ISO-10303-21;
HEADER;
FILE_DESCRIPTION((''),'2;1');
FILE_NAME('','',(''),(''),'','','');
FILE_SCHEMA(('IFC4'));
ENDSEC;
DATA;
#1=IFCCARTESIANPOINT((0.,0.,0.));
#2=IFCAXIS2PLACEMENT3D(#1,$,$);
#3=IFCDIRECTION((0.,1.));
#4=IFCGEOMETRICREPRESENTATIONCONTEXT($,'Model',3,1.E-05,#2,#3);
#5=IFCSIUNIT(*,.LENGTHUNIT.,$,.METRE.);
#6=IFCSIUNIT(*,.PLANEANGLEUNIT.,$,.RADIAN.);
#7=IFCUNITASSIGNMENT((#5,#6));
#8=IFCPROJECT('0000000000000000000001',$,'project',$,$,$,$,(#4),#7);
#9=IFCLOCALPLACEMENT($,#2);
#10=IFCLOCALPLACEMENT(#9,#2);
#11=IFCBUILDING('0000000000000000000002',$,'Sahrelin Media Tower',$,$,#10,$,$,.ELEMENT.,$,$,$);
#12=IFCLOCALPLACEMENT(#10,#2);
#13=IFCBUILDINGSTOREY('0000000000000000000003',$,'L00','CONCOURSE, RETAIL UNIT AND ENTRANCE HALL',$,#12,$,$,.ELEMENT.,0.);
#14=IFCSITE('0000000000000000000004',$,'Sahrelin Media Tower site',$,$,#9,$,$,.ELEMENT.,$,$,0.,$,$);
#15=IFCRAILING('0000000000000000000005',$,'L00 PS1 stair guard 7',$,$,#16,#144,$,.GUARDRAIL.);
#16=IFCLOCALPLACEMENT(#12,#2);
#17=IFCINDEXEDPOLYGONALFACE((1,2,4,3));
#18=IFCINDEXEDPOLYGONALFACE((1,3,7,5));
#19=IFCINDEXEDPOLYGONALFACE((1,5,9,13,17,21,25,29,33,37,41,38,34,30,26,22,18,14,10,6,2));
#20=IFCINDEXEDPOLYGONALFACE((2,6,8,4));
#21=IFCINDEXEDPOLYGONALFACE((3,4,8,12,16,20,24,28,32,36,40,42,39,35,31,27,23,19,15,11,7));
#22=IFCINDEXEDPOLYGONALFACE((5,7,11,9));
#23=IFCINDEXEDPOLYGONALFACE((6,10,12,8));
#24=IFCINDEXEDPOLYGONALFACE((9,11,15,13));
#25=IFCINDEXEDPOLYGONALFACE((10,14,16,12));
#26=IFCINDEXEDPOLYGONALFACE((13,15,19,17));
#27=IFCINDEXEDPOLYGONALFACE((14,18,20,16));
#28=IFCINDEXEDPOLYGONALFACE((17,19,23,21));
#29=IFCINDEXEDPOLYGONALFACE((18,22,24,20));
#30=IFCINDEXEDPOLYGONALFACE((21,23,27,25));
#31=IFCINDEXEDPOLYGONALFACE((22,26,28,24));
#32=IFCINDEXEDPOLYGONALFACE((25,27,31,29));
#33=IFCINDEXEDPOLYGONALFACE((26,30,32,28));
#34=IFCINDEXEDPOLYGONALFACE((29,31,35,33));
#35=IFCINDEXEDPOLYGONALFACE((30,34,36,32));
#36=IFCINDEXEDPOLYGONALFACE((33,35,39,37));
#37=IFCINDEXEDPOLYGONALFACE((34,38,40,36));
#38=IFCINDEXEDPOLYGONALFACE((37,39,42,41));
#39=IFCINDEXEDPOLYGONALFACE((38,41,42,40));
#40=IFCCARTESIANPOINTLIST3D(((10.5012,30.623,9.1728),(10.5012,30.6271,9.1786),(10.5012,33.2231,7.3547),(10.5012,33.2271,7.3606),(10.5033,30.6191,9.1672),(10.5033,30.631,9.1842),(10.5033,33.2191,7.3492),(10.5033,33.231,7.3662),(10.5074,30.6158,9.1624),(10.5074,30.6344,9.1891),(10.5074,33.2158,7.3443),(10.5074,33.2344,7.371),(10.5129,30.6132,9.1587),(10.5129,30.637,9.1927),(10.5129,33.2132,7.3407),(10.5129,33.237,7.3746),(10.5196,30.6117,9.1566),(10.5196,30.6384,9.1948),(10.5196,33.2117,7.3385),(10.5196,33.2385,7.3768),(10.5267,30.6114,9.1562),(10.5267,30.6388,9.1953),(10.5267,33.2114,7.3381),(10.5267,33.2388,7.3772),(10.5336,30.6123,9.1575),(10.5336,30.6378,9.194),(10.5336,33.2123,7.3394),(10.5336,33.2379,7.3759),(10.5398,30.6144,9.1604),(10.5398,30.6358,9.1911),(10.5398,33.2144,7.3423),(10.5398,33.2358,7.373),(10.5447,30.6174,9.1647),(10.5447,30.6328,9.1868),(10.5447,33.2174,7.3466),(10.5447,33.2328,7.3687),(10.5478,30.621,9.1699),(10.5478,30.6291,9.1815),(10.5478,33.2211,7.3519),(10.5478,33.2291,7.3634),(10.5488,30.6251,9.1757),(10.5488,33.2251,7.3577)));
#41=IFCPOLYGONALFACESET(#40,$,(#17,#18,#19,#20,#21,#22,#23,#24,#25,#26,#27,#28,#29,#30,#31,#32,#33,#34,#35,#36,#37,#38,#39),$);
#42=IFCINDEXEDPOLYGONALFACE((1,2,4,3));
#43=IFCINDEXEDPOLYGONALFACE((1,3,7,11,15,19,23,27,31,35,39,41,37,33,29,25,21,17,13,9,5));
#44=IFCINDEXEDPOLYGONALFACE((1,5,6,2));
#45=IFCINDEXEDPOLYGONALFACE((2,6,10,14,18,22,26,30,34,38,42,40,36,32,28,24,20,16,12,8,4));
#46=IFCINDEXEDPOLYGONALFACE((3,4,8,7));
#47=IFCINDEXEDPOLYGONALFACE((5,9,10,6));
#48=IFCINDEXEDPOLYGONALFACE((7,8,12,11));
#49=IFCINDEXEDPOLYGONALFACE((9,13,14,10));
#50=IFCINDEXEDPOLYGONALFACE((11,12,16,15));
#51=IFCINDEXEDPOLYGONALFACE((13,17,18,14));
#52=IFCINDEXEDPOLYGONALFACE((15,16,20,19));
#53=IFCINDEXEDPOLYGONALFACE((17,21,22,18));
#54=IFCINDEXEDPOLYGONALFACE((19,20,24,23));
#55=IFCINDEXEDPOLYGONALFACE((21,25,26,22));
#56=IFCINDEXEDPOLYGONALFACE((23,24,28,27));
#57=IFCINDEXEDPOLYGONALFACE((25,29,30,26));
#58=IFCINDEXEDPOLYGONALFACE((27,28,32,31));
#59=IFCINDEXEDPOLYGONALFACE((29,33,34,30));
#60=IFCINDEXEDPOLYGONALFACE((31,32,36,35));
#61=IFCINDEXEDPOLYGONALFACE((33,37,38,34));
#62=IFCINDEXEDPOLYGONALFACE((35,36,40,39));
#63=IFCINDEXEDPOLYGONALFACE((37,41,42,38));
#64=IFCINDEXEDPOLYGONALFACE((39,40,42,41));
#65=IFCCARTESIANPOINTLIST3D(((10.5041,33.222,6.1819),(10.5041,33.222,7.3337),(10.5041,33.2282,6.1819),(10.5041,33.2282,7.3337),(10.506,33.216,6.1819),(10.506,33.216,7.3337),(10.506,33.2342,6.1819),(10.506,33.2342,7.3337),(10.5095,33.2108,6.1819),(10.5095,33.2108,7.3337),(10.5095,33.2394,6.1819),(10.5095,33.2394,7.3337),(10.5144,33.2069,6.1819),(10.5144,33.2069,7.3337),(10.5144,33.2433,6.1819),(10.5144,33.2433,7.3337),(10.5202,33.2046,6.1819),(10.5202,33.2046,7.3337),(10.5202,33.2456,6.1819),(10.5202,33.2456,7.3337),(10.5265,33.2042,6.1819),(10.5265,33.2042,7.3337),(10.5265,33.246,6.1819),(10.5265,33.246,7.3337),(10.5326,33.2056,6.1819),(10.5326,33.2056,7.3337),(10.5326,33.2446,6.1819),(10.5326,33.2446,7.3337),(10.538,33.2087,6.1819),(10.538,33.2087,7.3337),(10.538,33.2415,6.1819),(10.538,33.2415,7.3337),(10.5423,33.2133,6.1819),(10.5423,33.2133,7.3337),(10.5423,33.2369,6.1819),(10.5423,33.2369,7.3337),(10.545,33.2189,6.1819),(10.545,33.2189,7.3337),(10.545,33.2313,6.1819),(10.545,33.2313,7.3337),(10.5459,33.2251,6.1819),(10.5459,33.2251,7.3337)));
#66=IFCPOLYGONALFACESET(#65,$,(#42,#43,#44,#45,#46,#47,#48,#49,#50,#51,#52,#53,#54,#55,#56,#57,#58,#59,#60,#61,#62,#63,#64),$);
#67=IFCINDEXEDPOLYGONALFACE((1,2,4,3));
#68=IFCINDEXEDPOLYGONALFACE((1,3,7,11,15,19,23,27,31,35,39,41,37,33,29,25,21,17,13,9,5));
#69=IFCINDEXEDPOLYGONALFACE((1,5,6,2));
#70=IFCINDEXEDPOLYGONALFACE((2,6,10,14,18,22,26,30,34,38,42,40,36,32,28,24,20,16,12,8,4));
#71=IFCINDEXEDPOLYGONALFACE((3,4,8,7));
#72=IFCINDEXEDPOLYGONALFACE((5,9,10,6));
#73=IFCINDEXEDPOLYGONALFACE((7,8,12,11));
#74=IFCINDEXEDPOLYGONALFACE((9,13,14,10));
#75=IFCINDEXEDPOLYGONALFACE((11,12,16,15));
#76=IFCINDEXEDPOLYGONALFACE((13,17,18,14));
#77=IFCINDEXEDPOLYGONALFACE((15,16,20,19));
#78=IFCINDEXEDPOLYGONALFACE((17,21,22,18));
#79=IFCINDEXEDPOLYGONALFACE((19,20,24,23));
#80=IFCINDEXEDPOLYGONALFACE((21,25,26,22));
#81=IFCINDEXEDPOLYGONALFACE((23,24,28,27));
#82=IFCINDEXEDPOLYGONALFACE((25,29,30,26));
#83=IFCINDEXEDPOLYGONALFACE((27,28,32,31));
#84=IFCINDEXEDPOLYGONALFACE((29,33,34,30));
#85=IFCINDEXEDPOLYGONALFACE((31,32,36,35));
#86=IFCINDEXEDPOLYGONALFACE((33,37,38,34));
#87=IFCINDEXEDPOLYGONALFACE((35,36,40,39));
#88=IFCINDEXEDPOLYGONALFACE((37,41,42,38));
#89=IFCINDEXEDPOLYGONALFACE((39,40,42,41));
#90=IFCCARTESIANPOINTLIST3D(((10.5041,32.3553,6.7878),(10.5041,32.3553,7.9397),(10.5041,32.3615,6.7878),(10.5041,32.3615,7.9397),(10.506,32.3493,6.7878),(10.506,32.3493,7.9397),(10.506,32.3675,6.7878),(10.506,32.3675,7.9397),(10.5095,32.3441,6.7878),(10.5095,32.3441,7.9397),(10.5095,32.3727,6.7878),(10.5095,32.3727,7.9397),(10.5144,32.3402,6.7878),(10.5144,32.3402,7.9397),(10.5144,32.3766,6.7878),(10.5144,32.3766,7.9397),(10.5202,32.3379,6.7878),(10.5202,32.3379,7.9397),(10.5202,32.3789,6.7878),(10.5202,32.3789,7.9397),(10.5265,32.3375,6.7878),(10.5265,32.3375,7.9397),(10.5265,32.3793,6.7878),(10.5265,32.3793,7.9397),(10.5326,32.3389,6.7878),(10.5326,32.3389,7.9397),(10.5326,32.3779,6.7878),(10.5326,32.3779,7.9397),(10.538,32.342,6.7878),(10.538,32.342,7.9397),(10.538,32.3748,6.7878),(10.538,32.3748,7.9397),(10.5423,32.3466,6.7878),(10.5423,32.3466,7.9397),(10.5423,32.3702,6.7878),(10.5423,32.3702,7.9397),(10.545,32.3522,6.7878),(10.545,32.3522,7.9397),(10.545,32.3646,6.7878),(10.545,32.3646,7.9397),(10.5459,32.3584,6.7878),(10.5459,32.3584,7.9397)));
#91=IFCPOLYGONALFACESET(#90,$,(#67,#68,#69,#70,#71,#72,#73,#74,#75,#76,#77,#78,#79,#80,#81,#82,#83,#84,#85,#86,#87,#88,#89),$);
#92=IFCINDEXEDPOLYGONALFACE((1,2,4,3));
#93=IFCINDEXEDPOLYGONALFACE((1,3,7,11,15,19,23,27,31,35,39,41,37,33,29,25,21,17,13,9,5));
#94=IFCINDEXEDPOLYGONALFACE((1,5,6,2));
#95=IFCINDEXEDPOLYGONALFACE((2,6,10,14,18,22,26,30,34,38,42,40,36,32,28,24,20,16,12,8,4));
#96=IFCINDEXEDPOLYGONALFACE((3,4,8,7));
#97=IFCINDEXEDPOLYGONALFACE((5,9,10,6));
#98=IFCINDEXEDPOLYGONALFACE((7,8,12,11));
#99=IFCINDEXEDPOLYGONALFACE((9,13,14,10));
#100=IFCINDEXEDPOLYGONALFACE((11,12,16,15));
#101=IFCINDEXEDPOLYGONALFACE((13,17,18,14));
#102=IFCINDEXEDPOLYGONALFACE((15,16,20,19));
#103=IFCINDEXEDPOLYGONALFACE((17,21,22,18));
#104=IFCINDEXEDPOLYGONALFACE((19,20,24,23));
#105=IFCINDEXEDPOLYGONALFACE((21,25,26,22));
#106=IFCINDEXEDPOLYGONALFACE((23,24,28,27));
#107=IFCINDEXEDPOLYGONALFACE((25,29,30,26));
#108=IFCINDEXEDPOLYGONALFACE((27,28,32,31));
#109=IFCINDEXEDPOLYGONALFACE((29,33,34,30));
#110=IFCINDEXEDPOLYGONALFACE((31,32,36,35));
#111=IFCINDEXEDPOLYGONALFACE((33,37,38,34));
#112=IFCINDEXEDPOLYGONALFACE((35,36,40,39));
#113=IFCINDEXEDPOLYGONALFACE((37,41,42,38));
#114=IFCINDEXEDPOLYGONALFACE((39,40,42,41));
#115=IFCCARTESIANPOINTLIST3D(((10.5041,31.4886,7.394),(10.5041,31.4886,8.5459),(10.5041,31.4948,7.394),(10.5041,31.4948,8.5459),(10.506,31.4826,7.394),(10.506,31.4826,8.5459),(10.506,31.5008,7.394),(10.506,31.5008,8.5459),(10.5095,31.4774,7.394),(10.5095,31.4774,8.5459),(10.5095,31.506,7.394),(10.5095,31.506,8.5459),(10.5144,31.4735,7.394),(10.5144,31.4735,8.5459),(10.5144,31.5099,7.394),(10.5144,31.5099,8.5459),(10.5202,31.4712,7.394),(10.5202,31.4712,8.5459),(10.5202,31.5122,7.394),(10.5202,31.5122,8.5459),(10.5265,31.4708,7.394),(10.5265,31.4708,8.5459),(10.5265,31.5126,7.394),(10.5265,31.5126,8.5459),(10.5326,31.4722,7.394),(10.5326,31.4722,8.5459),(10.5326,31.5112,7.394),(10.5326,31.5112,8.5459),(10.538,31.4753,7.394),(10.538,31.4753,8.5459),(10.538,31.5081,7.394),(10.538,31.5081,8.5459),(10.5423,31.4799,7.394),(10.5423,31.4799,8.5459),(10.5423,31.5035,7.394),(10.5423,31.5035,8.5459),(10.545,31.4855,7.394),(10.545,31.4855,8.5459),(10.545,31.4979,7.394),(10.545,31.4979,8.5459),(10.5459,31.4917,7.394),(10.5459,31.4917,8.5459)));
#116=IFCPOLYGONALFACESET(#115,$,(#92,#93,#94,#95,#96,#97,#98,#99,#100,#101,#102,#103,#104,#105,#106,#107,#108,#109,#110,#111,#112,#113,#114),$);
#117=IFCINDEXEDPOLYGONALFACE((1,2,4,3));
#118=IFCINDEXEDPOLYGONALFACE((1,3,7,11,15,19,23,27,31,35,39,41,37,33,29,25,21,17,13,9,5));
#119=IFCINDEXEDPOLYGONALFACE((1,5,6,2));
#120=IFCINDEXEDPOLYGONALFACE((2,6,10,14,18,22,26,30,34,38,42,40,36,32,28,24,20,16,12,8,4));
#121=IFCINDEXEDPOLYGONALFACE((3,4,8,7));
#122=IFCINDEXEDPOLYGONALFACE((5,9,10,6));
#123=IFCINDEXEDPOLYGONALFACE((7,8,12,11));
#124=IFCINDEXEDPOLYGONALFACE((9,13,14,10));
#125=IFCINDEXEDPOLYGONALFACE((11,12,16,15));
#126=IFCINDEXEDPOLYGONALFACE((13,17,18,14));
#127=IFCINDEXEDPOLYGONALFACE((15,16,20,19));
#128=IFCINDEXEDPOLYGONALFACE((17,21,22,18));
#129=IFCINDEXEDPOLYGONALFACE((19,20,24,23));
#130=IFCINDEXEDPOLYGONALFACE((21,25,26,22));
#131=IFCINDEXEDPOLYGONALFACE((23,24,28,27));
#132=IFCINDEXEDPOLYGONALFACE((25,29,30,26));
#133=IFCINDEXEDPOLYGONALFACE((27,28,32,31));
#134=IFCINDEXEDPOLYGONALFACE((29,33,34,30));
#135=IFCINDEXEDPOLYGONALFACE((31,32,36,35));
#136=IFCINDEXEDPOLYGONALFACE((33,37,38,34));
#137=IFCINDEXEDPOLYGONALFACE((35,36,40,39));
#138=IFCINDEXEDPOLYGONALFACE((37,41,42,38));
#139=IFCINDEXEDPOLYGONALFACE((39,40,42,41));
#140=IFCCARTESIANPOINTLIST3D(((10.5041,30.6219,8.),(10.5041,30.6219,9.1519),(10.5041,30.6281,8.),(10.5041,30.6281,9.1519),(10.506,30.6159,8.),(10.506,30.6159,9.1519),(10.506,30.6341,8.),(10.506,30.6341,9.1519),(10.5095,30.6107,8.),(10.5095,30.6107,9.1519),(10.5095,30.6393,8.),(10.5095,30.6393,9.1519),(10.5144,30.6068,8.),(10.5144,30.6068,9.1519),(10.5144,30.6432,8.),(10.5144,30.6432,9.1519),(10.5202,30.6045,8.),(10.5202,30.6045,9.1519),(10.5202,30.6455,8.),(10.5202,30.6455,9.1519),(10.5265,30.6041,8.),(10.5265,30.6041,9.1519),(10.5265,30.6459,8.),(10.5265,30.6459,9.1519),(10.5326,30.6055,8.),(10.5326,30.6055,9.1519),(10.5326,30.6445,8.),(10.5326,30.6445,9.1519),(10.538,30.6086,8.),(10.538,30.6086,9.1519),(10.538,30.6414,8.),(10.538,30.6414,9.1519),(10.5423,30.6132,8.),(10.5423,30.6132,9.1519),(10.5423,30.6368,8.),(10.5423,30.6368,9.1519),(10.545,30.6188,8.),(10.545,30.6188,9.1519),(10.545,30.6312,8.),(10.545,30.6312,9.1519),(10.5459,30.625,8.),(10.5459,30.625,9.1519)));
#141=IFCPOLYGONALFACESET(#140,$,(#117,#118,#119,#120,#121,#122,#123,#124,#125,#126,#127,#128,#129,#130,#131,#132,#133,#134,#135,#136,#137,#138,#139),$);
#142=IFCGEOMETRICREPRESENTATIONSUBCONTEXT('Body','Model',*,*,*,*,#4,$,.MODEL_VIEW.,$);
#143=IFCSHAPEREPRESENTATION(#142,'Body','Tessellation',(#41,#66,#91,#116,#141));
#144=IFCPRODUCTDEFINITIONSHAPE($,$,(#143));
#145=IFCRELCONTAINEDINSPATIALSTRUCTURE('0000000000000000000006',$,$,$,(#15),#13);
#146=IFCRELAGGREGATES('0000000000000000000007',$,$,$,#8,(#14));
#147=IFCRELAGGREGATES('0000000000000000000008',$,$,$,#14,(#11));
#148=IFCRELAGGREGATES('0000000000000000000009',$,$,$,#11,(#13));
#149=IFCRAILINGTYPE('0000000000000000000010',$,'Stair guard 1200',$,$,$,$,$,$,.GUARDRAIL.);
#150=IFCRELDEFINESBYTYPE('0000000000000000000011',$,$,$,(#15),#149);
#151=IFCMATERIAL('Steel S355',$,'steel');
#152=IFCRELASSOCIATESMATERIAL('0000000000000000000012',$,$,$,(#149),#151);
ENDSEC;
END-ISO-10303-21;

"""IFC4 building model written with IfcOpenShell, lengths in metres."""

from ifc_helpers import new_model, si_unit, direction, frame, origin, origin_2d, place, context, subcontext, project, spatial, circle, extrude, material, type_object, element, save


model = new_model("IFC4")

# Units and contexts
model_context = context("Model", 3, precision=1e-05, world=origin(), true_north=direction((0.0, 1.0)))
body_context = subcontext(model_context, "Body", "Model", "MODEL_VIEW")
ifc_project = project(units=[si_unit("LENGTHUNIT", "METRE"), si_unit("PLANEANGLEUNIT", "RADIAN")], contexts=[model_context])

# Site, building, storey
site_placement = place(None, origin())
site = spatial("IfcSite", under=ifc_project, at=site_placement, Name="Sahrelin Media Tower site", CompositionType="ELEMENT", RefElevation=0.0)
building_placement = place(site_placement, origin())
building = spatial("IfcBuilding", under=site, at=building_placement, Name="Sahrelin Media Tower", CompositionType="ELEMENT")
storey_placement = place(building_placement, origin())
storey = spatial("IfcBuildingStorey", under=building, at=storey_placement, Name="L00", Description="CONCOURSE, RETAIL UNIT AND ENTRANCE HALL", CompositionType="ELEMENT", Elevation=0.0)

# Shared definitions
ifc_material_1 = material(Name="Steel S355", Category="steel")

# Railing
railing_type = type_object("IfcRailingType", Name="Stair guard 1200", PredefinedType="GUARDRAIL", material=ifc_material_1)
railing_placement = place(storey_placement, frame((10.5249, 33.2251, 6.1819)))
element("IfcRailing", 1, at=railing_placement, inside=storey, type_object=railing_type, Name="L00 PS1 stair guard 7", PredefinedType="GUARDRAIL", context=body_context, shape_type="SweptSolid", body=[
    extrude(circle(Radius=0.0239, at=origin_2d()), frame((0.0, 0.0, 1.1758), z_axis=(0.0, -0.819521, 0.573049), x_axis=(1.0, 0.0, 0.0)), (0.0, 0.0, 1.0), 3.1726),
    extrude(circle(Radius=0.021, at=origin_2d()), origin(), (0.0, 0.0, 1.0), 1.1519),
    extrude(circle(Radius=0.021, at=origin_2d()), frame((0.0, -0.8667, 0.606)), (0.0, 0.0, 1.0), 1.1519),
    extrude(circle(Radius=0.021, at=origin_2d()), frame((0.0, -1.7334, 1.2122)), (0.0, 0.0, 1.0), 1.1519),
    extrude(circle(Radius=0.021, at=origin_2d()), frame((0.0, -2.6001, 1.8181)), (0.0, 0.0, 1.0), 1.1519),
])

save(model, "model.ifc")
